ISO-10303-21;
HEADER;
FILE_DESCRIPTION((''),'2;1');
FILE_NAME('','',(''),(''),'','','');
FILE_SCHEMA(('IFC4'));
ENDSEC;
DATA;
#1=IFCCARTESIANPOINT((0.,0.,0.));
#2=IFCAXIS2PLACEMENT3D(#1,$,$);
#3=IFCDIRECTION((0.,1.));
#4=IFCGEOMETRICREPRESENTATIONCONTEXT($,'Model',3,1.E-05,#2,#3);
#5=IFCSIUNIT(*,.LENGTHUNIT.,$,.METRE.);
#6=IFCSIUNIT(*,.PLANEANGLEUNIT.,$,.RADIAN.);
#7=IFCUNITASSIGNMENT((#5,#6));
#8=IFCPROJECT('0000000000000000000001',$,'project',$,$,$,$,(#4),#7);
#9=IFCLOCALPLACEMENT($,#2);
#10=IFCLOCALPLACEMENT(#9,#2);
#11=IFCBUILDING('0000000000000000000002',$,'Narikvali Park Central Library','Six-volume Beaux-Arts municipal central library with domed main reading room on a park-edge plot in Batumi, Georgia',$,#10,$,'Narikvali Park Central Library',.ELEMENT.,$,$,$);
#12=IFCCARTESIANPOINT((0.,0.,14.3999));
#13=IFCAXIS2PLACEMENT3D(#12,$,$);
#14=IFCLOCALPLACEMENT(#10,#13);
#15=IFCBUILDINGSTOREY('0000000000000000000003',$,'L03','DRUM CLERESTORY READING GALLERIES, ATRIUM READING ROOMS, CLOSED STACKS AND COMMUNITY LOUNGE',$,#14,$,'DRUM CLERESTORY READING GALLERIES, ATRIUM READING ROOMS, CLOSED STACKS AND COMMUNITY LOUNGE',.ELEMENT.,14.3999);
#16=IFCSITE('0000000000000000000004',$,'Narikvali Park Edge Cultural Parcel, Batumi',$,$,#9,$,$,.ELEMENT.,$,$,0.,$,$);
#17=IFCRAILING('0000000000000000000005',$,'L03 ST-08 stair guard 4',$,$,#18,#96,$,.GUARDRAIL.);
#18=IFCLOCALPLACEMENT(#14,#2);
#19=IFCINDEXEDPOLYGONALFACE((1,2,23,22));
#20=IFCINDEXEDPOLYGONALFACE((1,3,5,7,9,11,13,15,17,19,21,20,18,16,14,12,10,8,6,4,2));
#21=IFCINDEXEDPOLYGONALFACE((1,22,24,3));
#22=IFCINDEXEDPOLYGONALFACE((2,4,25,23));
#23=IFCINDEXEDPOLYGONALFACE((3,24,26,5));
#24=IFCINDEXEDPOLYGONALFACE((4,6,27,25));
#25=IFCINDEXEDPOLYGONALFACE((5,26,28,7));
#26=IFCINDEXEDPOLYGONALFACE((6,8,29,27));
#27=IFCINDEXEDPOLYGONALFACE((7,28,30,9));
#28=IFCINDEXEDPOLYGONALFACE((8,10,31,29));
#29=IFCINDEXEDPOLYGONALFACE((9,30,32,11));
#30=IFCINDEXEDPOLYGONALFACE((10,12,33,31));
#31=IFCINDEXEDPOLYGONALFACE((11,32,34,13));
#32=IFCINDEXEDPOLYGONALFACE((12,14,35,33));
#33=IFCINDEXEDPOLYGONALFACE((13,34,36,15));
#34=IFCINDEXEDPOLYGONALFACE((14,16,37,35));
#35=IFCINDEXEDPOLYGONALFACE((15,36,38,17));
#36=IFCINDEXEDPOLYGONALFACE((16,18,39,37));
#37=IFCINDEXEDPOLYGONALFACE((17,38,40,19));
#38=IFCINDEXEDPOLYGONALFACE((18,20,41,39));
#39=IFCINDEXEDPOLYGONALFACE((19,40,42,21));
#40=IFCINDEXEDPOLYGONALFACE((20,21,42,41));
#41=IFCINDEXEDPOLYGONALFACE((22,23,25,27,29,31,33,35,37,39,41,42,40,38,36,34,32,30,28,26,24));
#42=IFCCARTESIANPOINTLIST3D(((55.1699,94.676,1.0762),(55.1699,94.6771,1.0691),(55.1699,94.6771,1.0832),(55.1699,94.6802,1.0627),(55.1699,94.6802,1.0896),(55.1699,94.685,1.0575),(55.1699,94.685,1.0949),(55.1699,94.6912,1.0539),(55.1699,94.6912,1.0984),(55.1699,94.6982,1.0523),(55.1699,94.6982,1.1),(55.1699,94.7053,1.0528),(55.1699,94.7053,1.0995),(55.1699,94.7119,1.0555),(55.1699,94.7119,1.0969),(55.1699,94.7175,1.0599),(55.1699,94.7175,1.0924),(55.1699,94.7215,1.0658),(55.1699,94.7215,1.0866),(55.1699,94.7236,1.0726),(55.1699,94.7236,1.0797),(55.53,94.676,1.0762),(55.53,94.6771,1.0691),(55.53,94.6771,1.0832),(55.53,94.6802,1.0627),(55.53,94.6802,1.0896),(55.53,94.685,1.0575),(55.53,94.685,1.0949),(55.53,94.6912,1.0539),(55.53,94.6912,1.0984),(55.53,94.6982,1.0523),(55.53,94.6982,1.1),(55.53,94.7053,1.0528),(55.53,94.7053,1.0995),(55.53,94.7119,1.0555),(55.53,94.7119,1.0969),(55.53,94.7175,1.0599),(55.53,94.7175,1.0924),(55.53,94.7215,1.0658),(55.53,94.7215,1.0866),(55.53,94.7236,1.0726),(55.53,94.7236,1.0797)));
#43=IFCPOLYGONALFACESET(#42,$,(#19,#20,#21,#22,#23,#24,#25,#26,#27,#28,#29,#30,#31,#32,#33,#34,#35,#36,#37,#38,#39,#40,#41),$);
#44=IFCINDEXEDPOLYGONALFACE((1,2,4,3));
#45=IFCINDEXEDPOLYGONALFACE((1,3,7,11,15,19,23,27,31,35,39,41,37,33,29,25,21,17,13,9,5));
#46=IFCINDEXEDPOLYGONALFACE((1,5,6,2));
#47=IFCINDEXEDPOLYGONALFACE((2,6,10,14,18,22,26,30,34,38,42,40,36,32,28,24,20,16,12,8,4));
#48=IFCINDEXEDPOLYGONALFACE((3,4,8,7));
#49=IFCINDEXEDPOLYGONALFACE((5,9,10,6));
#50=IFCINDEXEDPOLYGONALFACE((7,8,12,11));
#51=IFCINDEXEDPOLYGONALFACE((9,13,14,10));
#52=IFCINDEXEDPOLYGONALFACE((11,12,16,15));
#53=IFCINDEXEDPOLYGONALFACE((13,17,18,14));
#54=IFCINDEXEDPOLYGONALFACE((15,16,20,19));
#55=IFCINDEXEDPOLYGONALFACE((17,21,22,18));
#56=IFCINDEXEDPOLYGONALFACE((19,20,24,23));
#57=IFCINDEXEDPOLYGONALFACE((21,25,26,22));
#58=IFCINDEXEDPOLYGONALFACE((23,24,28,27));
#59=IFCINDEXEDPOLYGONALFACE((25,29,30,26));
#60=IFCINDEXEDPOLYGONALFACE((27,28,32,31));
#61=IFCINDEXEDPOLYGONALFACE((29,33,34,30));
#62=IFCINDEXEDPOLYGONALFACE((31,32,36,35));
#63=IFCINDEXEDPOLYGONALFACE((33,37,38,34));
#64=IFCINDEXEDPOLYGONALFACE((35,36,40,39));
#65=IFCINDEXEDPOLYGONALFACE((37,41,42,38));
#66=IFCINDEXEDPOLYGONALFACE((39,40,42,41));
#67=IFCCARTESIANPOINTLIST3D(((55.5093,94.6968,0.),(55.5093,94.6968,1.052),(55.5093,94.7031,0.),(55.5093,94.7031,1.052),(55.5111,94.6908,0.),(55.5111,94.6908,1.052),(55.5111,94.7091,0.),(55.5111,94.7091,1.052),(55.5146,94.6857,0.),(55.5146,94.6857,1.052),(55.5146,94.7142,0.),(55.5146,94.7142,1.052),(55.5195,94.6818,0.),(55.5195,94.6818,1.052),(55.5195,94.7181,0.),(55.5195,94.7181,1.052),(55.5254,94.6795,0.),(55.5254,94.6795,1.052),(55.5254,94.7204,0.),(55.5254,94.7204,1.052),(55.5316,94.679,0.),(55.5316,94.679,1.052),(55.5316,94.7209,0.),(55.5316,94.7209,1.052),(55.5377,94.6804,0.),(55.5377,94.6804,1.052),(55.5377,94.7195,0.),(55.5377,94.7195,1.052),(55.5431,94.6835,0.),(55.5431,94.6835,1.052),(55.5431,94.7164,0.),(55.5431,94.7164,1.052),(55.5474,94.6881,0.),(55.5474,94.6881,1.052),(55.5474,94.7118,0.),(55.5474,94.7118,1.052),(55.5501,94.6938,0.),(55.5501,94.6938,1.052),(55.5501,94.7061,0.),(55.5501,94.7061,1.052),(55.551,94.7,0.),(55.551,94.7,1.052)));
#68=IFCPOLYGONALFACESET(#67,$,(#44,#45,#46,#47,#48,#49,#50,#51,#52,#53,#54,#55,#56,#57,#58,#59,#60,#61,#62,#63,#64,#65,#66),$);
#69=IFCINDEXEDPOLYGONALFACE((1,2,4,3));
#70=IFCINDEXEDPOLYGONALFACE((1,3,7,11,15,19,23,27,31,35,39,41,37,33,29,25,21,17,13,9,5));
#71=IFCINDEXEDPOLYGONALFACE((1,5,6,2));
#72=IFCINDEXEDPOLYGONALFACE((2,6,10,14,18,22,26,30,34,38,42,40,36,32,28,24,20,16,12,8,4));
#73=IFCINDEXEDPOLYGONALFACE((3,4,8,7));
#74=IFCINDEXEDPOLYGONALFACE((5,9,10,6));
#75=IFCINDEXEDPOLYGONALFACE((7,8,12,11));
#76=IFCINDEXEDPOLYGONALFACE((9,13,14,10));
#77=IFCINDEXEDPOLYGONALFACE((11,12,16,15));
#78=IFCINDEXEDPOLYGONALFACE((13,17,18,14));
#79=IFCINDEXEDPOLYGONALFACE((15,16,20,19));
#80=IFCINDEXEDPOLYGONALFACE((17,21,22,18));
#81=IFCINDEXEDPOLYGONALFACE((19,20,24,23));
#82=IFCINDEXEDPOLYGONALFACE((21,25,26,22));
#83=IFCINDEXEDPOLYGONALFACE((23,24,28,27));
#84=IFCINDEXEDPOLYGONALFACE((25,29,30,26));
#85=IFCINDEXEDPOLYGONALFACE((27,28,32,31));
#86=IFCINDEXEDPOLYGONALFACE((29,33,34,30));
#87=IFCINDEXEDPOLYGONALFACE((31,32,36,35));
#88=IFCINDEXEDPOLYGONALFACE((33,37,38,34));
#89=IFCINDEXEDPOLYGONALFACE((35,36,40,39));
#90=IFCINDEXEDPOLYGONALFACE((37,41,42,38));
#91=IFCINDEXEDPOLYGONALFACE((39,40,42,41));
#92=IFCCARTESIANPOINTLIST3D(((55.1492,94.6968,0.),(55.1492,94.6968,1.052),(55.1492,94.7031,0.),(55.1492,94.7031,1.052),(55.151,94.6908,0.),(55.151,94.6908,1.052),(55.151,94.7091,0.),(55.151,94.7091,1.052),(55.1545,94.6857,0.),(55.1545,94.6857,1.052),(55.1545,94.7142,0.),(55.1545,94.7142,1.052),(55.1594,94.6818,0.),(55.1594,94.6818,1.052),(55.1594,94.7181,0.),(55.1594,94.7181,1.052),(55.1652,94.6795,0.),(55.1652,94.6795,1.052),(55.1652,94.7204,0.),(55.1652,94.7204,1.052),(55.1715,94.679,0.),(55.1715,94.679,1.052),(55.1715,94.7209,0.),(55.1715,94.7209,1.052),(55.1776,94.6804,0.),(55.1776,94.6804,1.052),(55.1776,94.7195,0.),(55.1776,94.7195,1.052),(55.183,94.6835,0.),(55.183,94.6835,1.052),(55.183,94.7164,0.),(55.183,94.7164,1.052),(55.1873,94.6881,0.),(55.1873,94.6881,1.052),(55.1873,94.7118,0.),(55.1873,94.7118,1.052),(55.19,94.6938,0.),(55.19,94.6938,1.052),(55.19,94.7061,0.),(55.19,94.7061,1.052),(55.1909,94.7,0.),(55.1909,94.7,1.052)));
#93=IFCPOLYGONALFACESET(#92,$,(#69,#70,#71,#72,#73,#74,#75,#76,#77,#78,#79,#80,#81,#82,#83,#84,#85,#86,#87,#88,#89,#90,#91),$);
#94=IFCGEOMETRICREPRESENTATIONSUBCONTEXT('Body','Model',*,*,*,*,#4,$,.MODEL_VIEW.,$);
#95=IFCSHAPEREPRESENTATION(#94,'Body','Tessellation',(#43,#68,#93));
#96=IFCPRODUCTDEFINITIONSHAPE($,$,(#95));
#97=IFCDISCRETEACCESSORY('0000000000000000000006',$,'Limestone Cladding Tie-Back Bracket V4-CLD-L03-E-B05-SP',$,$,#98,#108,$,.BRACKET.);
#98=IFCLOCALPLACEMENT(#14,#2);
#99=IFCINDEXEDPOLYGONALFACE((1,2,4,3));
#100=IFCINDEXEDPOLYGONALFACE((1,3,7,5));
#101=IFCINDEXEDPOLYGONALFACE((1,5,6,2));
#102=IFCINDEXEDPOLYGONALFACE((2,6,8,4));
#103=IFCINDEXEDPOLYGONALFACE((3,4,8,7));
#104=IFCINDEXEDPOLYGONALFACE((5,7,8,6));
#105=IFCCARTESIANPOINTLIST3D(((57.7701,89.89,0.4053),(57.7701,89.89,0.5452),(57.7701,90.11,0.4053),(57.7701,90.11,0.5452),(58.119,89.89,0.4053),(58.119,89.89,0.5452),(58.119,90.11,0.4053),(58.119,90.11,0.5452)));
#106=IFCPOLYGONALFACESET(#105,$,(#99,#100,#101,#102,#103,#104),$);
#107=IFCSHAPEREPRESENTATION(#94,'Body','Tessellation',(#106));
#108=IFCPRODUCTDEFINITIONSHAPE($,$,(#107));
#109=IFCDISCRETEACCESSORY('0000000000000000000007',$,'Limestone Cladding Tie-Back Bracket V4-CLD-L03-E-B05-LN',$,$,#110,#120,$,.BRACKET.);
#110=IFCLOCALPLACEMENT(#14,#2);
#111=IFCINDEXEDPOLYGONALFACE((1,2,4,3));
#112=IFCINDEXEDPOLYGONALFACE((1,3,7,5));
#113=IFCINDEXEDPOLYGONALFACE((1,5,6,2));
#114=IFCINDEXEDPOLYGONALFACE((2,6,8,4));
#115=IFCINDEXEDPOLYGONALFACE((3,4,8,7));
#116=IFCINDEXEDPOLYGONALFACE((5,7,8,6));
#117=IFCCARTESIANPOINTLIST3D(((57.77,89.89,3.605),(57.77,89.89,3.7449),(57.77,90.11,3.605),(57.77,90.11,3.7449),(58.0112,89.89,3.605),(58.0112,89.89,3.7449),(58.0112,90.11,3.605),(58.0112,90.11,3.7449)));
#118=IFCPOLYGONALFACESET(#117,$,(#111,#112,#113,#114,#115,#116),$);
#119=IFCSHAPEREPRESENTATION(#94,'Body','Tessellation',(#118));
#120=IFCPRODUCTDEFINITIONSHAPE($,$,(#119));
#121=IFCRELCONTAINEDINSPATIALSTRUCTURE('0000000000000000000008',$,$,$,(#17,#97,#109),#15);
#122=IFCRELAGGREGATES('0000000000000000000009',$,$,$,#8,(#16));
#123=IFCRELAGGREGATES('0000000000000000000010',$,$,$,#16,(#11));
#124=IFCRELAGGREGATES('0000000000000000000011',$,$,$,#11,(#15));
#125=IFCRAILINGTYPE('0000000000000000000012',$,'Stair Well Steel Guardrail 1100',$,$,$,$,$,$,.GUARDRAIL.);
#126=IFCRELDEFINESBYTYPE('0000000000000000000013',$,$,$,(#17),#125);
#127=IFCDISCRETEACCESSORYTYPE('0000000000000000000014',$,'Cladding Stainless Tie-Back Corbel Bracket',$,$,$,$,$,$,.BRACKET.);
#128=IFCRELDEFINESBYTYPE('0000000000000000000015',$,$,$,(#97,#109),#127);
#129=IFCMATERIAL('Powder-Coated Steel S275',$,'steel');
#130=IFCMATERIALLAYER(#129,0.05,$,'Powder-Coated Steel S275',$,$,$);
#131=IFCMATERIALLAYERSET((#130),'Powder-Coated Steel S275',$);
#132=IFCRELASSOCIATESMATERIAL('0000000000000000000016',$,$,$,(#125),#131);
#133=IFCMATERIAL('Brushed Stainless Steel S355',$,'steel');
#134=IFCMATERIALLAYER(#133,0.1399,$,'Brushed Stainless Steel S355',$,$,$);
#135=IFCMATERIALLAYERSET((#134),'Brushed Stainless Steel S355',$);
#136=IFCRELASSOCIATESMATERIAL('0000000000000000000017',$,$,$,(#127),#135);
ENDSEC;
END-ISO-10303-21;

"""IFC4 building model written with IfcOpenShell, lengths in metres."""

from ifc_helpers import new_model, si_unit, direction, frame, origin, origin_2d, place, context, subcontext, project, spatial, rectangle, circle, extrude, material, layer, layer_set, type_object, element, save


model = new_model("IFC4")

# Units and contexts
model_context = context("Model", 3, precision=1e-05, world=origin(), true_north=direction((0.0, 1.0)))
body_context = subcontext(model_context, "Body", "Model", "MODEL_VIEW")
ifc_project = project(units=[si_unit("LENGTHUNIT", "METRE"), si_unit("PLANEANGLEUNIT", "RADIAN")], contexts=[model_context])

# Site, building, storey
site_placement = place(None, origin())
site = spatial("IfcSite", under=ifc_project, at=site_placement, Name="Narikvali Park Edge Cultural Parcel, Batumi", CompositionType="ELEMENT", RefElevation=0.0)
building_placement = place(site_placement, origin())
building = spatial("IfcBuilding", under=site, at=building_placement, Name="Narikvali Park Central Library", Description="Six-volume Beaux-Arts municipal central library with domed main reading room on a park-edge plot in Batumi, Georgia", LongName="Narikvali Park Central Library", CompositionType="ELEMENT")
storey_placement = place(building_placement, frame((0.0, 0.0, 14.3999)))
storey = spatial("IfcBuildingStorey", under=building, at=storey_placement, Name="L03", Description="DRUM CLERESTORY READING GALLERIES, ATRIUM READING ROOMS, CLOSED STACKS AND COMMUNITY LOUNGE", LongName="DRUM CLERESTORY READING GALLERIES, ATRIUM READING ROOMS, CLOSED STACKS AND COMMUNITY LOUNGE", CompositionType="ELEMENT", Elevation=14.3999)

# Railing
ifc_material_1 = material(Name="Powder-Coated Steel S275", Category="steel")
ifc_layer_1 = layer(ifc_material_1, 0.05, Name="Powder-Coated Steel S275")
ifc_layer_set_1 = layer_set([ifc_layer_1], Name="Powder-Coated Steel S275")
railing_type = type_object("IfcRailingType", Name="Stair Well Steel Guardrail 1100", PredefinedType="GUARDRAIL", material=ifc_layer_set_1)
railing_1_placement = place(storey_placement, frame((55.53, 94.7, 0.0)))
element("IfcRailing", 1, at=railing_1_placement, inside=storey, type_object=railing_type, Name="L03 ST-08 stair guard 4", PredefinedType="GUARDRAIL", context=body_context, shape_type="SweptSolid", body=[
    extrude(circle(Radius=0.0239, at=origin_2d()), frame((0.0, 0.0, 1.0762), z_axis=(-1.0, 0.0, 0.0), x_axis=(0.0, -1.0, 0.0)), (0.0, 0.0, 1.0), 0.3601),
    extrude(circle(Radius=0.021, at=origin_2d()), origin(), (0.0, 0.0, 1.0), 1.052),
    extrude(circle(Radius=0.021, at=origin_2d()), frame((-0.3601, 0.0, 0.0)), (0.0, 0.0, 1.0), 1.052),
])

# Discrete accessories
ifc_material_2 = material(Name="Brushed Stainless Steel S355", Category="steel")
ifc_layer_2 = layer(ifc_material_2, 0.1399, Name="Brushed Stainless Steel S355")
ifc_layer_set_2 = layer_set([ifc_layer_2], Name="Brushed Stainless Steel S355")
discrete_accessory_type = type_object("IfcDiscreteAccessoryType", Name="Cladding Stainless Tie-Back Corbel Bracket", PredefinedType="BRACKET", material=ifc_layer_set_2)
discrete_accessory_1_placement = place(storey_placement, frame((57.9446, 90.0, 0.4053), z_axis=(0.0, 0.0, 1.0), x_axis=(1.0, 0.0, 0.0)))
element("IfcDiscreteAccessory", 2, at=discrete_accessory_1_placement, inside=storey, type_object=discrete_accessory_type, Name="Limestone Cladding Tie-Back Bracket V4-CLD-L03-E-B05-SP", PredefinedType="BRACKET", context=body_context, shape_type="SweptSolid", body=[
    extrude(rectangle(XDim=0.3489, YDim=0.22, at=origin_2d()), origin(), (0.0, 0.0, 1.0), 0.1399),
])
discrete_accessory_2_placement = place(storey_placement, frame((57.8906, 90.0, 3.605), z_axis=(0.0, 0.0, 1.0), x_axis=(1.0, 0.0, 0.0)))
element("IfcDiscreteAccessory", 3, at=discrete_accessory_2_placement, inside=storey, type_object=discrete_accessory_type, Name="Limestone Cladding Tie-Back Bracket V4-CLD-L03-E-B05-LN", PredefinedType="BRACKET", context=body_context, shape_type="SweptSolid", body=[
    extrude(rectangle(XDim=0.2412, YDim=0.22, at=origin_2d()), origin(), (0.0, 0.0, 1.0), 0.1399),
])

save(model, "model.ifc")
